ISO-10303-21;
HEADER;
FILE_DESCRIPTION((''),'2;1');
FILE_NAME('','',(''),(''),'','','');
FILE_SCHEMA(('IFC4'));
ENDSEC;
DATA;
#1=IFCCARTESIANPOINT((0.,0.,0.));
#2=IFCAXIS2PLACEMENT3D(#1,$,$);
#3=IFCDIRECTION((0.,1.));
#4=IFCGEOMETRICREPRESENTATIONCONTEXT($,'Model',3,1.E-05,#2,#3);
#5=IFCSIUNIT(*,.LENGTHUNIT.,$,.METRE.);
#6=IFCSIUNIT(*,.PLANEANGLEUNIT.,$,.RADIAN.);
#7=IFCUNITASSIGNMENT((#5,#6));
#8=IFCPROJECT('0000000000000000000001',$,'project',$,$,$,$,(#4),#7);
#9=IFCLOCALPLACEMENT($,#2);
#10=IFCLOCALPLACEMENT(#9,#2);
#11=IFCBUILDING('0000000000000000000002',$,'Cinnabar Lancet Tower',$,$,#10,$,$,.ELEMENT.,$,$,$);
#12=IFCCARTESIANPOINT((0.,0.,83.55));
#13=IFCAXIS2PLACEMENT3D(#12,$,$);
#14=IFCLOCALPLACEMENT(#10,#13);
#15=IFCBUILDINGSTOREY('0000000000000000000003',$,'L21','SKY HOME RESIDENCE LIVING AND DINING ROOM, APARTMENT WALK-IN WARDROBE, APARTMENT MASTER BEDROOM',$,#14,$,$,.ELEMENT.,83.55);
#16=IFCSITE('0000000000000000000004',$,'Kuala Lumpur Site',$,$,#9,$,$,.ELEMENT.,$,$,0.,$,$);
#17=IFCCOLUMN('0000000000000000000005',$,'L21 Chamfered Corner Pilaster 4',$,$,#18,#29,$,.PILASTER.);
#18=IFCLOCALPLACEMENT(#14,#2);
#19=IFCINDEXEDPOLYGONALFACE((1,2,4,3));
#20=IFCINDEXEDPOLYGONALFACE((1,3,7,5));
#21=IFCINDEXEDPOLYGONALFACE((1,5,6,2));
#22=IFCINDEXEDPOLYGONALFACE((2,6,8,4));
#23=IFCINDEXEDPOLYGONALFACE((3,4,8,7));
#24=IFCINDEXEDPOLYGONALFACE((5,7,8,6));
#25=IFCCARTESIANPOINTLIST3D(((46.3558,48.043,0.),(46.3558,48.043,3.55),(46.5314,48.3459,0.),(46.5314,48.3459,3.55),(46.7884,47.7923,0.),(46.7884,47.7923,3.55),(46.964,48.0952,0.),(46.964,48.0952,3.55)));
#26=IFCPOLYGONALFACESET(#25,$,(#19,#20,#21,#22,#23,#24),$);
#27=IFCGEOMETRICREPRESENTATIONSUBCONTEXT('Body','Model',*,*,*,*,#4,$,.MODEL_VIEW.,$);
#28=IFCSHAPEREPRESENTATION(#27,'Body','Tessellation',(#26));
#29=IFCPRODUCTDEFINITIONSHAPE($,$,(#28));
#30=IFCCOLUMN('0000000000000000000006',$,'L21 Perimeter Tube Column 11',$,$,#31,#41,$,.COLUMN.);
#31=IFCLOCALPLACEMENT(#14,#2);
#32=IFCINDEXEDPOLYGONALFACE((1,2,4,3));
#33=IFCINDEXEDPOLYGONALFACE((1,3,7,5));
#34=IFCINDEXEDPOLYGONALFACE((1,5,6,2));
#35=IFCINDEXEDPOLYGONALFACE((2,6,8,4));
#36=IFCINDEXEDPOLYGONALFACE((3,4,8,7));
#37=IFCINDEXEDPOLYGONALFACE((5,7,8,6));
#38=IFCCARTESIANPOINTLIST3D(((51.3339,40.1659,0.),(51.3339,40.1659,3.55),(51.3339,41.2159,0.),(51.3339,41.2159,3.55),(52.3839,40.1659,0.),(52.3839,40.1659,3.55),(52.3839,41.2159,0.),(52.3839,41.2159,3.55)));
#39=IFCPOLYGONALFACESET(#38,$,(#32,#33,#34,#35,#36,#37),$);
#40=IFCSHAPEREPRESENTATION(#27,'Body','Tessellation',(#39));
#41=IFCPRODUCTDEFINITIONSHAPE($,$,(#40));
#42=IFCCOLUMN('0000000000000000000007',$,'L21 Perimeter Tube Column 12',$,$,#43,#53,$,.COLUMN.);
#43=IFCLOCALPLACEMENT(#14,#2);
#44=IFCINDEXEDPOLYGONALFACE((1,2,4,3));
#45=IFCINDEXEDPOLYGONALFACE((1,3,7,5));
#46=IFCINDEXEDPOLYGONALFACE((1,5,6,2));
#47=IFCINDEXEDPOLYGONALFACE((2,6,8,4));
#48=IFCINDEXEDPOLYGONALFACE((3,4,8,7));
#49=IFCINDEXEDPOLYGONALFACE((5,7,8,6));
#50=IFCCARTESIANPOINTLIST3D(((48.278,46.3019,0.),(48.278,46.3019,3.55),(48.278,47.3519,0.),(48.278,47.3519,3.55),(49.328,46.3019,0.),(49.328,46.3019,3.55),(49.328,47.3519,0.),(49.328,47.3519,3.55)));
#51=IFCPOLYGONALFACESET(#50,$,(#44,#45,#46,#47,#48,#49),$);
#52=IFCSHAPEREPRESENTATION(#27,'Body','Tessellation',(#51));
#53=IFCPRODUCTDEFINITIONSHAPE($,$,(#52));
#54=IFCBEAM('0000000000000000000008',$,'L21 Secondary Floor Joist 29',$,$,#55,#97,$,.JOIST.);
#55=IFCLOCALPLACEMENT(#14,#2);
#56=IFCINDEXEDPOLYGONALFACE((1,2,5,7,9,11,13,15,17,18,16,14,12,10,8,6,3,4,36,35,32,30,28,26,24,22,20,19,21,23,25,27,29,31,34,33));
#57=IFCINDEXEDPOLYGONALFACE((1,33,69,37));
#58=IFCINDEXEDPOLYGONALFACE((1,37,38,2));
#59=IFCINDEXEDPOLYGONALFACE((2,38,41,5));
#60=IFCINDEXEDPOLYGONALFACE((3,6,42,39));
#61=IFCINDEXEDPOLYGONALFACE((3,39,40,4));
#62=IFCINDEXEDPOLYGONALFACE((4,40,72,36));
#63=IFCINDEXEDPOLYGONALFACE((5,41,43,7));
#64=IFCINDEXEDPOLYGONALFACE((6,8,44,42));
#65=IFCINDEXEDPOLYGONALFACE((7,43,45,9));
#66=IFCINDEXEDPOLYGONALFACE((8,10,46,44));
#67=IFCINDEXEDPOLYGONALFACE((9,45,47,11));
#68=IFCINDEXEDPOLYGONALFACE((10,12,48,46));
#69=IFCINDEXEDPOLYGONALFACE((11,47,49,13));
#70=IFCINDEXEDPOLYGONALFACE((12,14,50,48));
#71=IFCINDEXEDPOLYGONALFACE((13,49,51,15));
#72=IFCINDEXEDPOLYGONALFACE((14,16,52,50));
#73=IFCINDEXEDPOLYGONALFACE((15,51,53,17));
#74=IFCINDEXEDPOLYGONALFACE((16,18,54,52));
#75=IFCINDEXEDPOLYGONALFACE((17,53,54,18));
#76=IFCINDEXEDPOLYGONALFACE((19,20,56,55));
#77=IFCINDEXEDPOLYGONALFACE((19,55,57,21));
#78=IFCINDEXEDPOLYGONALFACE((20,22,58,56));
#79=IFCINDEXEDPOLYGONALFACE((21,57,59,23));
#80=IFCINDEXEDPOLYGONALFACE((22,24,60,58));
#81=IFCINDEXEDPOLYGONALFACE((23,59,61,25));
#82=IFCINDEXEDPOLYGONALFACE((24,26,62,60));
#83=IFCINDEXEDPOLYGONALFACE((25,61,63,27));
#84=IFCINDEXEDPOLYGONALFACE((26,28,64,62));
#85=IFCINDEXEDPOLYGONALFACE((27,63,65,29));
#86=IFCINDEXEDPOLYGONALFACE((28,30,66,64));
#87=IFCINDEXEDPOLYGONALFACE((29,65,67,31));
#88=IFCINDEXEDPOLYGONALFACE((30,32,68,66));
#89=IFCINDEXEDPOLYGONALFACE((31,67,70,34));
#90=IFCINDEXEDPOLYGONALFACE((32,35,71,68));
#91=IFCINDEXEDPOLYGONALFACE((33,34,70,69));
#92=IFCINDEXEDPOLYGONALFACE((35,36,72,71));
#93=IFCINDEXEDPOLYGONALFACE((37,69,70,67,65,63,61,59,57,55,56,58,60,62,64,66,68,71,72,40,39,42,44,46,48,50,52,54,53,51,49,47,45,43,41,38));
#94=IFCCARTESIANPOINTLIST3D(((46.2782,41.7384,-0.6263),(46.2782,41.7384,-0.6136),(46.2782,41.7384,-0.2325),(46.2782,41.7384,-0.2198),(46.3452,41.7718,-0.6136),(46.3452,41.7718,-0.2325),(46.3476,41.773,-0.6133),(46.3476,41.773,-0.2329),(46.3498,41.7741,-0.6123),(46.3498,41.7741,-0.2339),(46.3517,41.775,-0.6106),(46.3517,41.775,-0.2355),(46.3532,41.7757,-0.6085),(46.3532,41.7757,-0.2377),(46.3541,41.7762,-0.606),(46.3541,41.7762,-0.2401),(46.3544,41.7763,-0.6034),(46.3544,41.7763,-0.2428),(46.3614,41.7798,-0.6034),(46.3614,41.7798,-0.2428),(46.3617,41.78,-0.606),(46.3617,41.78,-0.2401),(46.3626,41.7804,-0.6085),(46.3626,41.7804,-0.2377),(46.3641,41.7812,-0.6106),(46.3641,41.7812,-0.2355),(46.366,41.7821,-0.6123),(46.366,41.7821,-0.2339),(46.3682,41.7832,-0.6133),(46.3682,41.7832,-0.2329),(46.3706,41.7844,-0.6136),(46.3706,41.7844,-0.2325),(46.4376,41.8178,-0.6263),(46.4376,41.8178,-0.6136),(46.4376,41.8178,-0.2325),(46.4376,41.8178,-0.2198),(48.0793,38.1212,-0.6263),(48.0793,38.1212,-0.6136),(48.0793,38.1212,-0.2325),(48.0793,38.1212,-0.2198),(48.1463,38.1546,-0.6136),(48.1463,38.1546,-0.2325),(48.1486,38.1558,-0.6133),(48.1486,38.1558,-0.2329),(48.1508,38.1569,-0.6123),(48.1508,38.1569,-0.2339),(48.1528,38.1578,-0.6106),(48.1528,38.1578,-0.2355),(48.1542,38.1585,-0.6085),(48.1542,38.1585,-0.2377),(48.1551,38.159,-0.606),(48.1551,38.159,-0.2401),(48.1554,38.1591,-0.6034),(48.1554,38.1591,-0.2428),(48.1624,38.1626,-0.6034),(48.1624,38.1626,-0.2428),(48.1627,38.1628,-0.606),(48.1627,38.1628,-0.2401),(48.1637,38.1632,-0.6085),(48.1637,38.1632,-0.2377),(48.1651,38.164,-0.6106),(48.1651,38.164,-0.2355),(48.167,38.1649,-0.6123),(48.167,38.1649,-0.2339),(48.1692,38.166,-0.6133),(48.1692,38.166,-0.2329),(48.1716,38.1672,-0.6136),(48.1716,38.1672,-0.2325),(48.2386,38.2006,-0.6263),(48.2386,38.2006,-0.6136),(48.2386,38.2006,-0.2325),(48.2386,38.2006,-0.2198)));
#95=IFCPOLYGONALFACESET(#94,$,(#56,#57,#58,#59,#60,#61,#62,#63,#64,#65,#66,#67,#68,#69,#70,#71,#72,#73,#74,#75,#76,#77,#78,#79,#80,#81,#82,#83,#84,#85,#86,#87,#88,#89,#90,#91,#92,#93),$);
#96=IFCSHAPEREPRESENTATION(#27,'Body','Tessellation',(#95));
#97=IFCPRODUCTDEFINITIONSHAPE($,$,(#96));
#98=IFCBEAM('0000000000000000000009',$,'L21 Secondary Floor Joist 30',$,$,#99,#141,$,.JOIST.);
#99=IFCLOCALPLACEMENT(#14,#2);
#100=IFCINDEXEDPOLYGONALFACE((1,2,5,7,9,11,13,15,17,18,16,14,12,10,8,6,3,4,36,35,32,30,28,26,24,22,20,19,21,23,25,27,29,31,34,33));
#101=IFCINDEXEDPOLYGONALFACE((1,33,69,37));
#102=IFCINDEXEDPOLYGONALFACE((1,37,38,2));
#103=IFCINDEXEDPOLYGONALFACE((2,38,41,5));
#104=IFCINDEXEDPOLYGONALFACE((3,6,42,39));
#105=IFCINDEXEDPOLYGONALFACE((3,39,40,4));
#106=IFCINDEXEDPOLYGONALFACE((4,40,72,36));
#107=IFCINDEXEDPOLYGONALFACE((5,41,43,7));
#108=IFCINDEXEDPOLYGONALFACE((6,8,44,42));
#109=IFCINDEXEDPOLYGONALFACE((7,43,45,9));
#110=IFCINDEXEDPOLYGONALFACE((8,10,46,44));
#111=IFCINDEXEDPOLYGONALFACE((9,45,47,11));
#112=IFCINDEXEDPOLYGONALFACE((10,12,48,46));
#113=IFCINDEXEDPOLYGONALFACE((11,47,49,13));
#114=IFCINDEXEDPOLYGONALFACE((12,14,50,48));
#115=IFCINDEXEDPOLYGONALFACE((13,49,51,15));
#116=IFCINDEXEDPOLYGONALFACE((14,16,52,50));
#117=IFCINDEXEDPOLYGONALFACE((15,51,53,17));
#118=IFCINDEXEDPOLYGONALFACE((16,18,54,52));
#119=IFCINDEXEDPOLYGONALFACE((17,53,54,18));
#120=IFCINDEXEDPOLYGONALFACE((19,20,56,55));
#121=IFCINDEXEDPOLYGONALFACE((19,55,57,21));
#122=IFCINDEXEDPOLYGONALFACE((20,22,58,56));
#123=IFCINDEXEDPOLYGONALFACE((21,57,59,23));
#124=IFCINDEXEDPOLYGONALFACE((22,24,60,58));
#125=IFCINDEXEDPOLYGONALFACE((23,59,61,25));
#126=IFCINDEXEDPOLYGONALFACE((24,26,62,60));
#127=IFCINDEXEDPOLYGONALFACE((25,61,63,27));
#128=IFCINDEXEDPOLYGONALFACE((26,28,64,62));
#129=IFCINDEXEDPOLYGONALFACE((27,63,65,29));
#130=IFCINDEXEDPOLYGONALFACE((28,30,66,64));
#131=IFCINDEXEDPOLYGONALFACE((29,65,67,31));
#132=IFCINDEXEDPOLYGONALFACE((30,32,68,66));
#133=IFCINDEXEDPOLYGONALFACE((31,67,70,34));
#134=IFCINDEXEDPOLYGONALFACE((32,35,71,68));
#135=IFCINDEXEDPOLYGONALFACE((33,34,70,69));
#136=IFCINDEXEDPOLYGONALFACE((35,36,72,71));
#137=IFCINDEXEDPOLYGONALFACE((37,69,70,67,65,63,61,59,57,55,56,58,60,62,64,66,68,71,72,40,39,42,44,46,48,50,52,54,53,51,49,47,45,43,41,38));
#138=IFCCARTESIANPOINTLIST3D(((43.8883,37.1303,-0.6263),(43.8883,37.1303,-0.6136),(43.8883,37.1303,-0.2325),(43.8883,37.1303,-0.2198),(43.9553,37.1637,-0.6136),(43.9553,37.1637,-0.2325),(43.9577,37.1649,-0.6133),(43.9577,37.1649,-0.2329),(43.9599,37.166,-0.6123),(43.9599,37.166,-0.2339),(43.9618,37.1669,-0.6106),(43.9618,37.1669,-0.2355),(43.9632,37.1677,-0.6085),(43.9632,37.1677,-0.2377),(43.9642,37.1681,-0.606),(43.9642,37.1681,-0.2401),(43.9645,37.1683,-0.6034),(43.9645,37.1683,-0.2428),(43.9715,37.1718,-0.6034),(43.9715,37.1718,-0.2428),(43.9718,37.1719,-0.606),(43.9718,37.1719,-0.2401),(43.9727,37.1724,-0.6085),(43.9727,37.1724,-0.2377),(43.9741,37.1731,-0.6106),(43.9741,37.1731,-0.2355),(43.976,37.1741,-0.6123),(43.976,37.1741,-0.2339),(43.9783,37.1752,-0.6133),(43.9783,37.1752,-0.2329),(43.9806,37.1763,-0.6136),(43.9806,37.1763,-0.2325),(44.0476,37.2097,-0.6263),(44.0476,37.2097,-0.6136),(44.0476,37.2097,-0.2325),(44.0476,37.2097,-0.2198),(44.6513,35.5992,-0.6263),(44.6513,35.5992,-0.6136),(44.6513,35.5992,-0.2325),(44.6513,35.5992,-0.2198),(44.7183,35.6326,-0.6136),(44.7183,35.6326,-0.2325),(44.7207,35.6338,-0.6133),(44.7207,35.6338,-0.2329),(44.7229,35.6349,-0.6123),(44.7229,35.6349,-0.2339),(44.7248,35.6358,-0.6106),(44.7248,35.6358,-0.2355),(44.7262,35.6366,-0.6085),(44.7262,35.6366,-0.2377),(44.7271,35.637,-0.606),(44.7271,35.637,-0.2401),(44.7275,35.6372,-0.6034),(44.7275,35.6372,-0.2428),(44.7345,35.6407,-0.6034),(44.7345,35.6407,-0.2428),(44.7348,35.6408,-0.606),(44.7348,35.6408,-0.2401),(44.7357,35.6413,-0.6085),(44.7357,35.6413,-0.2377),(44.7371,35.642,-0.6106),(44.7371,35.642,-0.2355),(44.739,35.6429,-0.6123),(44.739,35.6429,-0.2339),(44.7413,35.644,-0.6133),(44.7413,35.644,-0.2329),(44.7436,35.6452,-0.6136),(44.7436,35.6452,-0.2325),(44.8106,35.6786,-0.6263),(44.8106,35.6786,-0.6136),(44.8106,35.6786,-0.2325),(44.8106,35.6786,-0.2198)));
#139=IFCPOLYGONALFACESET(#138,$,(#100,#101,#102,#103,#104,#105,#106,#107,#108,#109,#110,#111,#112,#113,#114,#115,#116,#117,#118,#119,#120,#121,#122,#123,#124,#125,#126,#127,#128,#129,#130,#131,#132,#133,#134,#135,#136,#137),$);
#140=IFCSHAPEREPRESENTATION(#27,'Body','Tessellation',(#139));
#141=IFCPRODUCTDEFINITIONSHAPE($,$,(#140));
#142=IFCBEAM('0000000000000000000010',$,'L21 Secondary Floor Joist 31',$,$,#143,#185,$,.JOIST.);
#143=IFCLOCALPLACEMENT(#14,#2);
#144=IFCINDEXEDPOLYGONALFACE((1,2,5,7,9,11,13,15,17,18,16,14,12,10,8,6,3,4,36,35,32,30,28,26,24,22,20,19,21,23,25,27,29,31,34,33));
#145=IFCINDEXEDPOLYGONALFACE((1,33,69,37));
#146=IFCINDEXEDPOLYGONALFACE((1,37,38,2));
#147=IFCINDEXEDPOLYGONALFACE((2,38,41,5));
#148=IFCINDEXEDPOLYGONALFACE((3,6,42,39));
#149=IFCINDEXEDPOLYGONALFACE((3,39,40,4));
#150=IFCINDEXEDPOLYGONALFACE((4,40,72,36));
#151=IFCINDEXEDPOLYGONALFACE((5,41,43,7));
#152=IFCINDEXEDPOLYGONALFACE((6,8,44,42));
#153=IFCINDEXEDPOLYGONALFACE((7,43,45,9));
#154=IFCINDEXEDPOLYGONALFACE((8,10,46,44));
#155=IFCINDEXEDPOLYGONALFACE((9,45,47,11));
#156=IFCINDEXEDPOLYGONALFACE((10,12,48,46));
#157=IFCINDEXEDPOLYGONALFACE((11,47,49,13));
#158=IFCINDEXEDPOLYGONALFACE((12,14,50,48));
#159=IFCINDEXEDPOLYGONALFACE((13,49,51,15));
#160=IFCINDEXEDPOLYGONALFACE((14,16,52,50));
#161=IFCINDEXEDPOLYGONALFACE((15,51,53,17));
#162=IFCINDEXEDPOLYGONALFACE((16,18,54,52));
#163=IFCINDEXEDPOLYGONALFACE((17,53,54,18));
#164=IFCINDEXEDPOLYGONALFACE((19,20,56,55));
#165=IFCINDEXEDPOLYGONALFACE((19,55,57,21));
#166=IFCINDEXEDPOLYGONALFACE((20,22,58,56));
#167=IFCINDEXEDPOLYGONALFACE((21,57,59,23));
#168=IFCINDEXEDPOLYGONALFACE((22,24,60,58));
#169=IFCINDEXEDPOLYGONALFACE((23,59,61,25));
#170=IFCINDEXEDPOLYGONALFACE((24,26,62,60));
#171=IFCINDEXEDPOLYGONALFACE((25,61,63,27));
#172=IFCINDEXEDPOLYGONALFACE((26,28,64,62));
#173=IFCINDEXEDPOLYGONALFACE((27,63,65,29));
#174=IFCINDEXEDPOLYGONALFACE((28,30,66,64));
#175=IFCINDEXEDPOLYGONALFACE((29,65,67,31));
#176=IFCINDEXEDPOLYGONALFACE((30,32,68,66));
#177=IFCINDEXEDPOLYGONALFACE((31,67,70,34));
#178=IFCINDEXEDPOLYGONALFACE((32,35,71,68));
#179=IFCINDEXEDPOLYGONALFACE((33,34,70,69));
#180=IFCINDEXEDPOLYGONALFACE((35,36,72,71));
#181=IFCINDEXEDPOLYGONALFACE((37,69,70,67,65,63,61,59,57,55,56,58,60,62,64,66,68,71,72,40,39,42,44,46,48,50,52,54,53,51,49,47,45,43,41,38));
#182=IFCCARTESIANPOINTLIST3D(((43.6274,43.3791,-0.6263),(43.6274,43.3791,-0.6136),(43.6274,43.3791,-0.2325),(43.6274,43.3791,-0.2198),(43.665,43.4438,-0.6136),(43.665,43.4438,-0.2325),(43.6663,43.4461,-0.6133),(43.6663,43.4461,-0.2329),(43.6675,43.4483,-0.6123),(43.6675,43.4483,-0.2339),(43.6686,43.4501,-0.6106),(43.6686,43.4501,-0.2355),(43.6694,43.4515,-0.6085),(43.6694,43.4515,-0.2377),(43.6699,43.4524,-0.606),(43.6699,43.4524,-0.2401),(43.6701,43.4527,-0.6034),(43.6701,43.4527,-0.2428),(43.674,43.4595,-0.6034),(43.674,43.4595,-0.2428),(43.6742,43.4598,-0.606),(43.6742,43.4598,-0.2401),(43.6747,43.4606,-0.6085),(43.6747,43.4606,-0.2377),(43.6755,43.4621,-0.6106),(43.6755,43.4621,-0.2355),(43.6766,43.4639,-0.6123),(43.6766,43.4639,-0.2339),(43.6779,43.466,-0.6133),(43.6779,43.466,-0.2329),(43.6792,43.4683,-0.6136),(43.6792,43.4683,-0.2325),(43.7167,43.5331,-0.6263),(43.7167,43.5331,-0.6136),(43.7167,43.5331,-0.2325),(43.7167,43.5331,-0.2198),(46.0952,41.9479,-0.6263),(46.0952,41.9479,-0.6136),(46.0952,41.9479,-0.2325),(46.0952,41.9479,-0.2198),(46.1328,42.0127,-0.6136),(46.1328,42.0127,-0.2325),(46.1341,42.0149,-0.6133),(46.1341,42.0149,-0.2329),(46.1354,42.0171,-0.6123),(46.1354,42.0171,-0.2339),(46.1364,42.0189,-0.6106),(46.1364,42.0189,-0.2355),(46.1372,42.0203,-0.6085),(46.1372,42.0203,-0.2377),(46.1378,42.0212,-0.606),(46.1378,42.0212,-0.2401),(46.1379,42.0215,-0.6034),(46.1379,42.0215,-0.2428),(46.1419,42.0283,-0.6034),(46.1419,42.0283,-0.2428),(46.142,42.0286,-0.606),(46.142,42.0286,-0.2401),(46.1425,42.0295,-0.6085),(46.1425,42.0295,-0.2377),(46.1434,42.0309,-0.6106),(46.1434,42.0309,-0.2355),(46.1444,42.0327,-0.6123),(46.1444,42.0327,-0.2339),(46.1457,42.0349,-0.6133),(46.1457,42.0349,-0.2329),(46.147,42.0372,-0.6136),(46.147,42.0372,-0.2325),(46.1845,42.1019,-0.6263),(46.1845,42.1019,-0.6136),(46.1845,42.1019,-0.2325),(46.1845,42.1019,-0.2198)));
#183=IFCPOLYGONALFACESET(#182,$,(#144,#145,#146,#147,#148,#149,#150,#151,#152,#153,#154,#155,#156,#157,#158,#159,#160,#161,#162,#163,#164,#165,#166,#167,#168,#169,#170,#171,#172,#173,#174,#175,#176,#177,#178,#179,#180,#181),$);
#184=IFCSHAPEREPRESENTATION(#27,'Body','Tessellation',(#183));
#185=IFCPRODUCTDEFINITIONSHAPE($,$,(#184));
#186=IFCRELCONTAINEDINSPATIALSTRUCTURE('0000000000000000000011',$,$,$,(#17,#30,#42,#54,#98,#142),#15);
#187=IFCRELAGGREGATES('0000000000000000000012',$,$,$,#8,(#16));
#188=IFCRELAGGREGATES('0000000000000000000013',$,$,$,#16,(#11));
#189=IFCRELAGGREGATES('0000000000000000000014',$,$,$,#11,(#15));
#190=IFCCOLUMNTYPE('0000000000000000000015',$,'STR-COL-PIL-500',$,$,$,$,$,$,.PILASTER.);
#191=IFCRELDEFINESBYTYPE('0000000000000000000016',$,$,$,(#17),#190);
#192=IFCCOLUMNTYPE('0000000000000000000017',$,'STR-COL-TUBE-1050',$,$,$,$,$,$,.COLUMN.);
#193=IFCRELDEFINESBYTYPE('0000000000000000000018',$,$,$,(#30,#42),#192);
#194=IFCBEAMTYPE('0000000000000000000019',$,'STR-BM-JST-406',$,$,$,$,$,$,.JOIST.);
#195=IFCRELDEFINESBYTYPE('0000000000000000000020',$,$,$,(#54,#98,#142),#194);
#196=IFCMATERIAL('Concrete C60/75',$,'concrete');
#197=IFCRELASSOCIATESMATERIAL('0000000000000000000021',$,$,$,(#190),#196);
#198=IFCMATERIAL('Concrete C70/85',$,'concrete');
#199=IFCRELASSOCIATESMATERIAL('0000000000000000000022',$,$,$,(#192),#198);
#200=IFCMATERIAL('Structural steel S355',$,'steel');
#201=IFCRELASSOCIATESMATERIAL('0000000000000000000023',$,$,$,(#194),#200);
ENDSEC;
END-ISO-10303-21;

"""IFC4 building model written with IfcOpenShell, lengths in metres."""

from ifc_helpers import new_model, si_unit, direction, frame, origin, origin_2d, place, context, subcontext, project, spatial, rectangle, i_section, extrude, material, material_profile, profile_set, type_object, element, save


model = new_model("IFC4")

# Units and contexts
model_context = context("Model", 3, precision=1e-05, world=origin(), true_north=direction((0.0, 1.0)))
body_context = subcontext(model_context, "Body", "Model", "MODEL_VIEW")
ifc_project = project(units=[si_unit("LENGTHUNIT", "METRE"), si_unit("PLANEANGLEUNIT", "RADIAN")], contexts=[model_context])

# Site, building, storey
site_placement = place(None, origin())
site = spatial("IfcSite", under=ifc_project, at=site_placement, Name="Kuala Lumpur Site", CompositionType="ELEMENT", RefElevation=0.0)
building_placement = place(site_placement, origin())
building = spatial("IfcBuilding", under=site, at=building_placement, Name="Cinnabar Lancet Tower", CompositionType="ELEMENT")
storey_placement = place(building_placement, frame((0.0, 0.0, 83.55)))
storey = spatial("IfcBuildingStorey", under=building, at=storey_placement, Name="L21", Description="SKY HOME RESIDENCE LIVING AND DINING ROOM, APARTMENT WALK-IN WARDROBE, APARTMENT MASTER BEDROOM", CompositionType="ELEMENT", Elevation=83.55)

# Columns
ifc_material_1 = material(Name="Concrete C60/75", Category="concrete")
ifc_material_profile_1 = material_profile(ifc_material_1, rectangle(XDim=0.5, YDim=0.3501, at=origin_2d()), Name="RC-PIL 500x350")
ifc_profile_set_1 = profile_set([ifc_material_profile_1], Name="Concrete C60/75")
column_type_1 = type_object("IfcColumnType", Name="STR-COL-PIL-500", PredefinedType="PILASTER", material=ifc_profile_set_1)
column_placement = place(storey_placement, frame((46.6599, 48.0691, 0.0), z_axis=(0.0, 0.0, 1.0), x_axis=(-0.865195, 0.501435, 0.0)))
element("IfcColumn", 1, at=column_placement, inside=storey, type_object=column_type_1, Name="L21 Chamfered Corner Pilaster 4", PredefinedType="PILASTER", context=body_context, shape_type="SweptSolid", body=[
    extrude(rectangle(XDim=0.5, YDim=0.3501, at=origin_2d()), origin(), (0.0, 0.0, 1.0), 3.55),
])
ifc_material_2 = material(Name="Concrete C70/85", Category="concrete")
ifc_material_profile_2 = material_profile(ifc_material_2, rectangle(XDim=1.05, YDim=1.05, at=origin_2d()), Name="RC-COL 1050x1050")
ifc_profile_set_2 = profile_set([ifc_material_profile_2], Name="Concrete C70/85")
column_type_2 = type_object("IfcColumnType", Name="STR-COL-TUBE-1050", PredefinedType="COLUMN", material=ifc_profile_set_2)
for number, where, z_axis, x_axis, name in (
    (2, (51.8589, 40.6909, 0.0), (0.0, 0.0, 1.0), (1.0, 0.0, 0.0), "L21 Perimeter Tube Column 11"),
    (3, (48.803, 46.8269, 0.0), (0.0, 0.0, 1.0), (1.0, 0.0, 0.0), "L21 Perimeter Tube Column 12"),
):
    element("IfcColumn", number, at=place(storey_placement, frame(where, z_axis=z_axis, x_axis=x_axis)), inside=storey, type_object=column_type_2, Name=name, PredefinedType="COLUMN", context=body_context, shape_type="SweptSolid", body=[
        extrude(rectangle(XDim=1.05, YDim=1.05, at=origin_2d()), origin(), (0.0, 0.0, 1.0), 3.55),
    ])

# Beams
ifc_material_3 = material(Name="Structural steel S355", Category="steel")
ifc_material_profile_3 = material_profile(ifc_material_3, i_section(OverallWidth=0.178, OverallDepth=0.4065, WebThickness=0.0078, FlangeThickness=0.0127, FilletRadius=0.0103, at=origin_2d()), Name="UKB 406x178x60")
ifc_profile_set_3 = profile_set([ifc_material_profile_3], Name="Structural steel S355")
beam_type_1 = type_object("IfcBeamType", Name="STR-BM-JST-406", PredefinedType="JOIST", material=ifc_profile_set_3)
beam_1_placement = place(storey_placement, frame((48.1589, 38.1609, -0.4231), z_axis=(-0.445715, 0.895175, 0.0), x_axis=(-0.895175, -0.445715, 0.0)))
element("IfcBeam", 4, at=beam_1_placement, inside=storey, type_object=beam_type_1, Name="L21 Secondary Floor Joist 29", PredefinedType="JOIST", context=body_context, shape_type="SweptSolid", body=[
    extrude(i_section(OverallWidth=0.178, OverallDepth=0.4065, WebThickness=0.0078, FlangeThickness=0.0127, FilletRadius=0.0103, at=origin_2d()), origin(), (0.0, 0.0, 1.0), 4.0408),
])
beam_2_placement = place(storey_placement, frame((44.731, 35.6389, -0.4231), z_axis=(-0.446014, 0.895026, 0.0), x_axis=(-0.895026, -0.446014, 0.0)))
element("IfcBeam", 5, at=beam_2_placement, inside=storey, type_object=beam_type_1, Name="L21 Secondary Floor Joist 30", PredefinedType="JOIST", context=body_context, shape_type="SweptSolid", body=[
    extrude(i_section(OverallWidth=0.178, OverallDepth=0.4065, WebThickness=0.0078, FlangeThickness=0.0127, FilletRadius=0.0103, at=origin_2d()), origin(), (0.0, 0.0, 1.0), 1.7107),
])
beam_3_placement = place(storey_placement, frame((46.1399, 42.0249, -0.4231), z_axis=(-0.865055, 0.501677, 0.0), x_axis=(-0.501677, -0.865055, 0.0)))
element("IfcBeam", 6, at=beam_3_placement, inside=storey, type_object=beam_type_1, Name="L21 Secondary Floor Joist 31", PredefinedType="JOIST", context=body_context, shape_type="SweptSolid", body=[
    extrude(i_section(OverallWidth=0.178, OverallDepth=0.4065, WebThickness=0.0078, FlangeThickness=0.0127, FilletRadius=0.0103, at=origin_2d()), origin(), (0.0, 0.0, 1.0), 2.8528),
])

save(model, "model.ifc")
